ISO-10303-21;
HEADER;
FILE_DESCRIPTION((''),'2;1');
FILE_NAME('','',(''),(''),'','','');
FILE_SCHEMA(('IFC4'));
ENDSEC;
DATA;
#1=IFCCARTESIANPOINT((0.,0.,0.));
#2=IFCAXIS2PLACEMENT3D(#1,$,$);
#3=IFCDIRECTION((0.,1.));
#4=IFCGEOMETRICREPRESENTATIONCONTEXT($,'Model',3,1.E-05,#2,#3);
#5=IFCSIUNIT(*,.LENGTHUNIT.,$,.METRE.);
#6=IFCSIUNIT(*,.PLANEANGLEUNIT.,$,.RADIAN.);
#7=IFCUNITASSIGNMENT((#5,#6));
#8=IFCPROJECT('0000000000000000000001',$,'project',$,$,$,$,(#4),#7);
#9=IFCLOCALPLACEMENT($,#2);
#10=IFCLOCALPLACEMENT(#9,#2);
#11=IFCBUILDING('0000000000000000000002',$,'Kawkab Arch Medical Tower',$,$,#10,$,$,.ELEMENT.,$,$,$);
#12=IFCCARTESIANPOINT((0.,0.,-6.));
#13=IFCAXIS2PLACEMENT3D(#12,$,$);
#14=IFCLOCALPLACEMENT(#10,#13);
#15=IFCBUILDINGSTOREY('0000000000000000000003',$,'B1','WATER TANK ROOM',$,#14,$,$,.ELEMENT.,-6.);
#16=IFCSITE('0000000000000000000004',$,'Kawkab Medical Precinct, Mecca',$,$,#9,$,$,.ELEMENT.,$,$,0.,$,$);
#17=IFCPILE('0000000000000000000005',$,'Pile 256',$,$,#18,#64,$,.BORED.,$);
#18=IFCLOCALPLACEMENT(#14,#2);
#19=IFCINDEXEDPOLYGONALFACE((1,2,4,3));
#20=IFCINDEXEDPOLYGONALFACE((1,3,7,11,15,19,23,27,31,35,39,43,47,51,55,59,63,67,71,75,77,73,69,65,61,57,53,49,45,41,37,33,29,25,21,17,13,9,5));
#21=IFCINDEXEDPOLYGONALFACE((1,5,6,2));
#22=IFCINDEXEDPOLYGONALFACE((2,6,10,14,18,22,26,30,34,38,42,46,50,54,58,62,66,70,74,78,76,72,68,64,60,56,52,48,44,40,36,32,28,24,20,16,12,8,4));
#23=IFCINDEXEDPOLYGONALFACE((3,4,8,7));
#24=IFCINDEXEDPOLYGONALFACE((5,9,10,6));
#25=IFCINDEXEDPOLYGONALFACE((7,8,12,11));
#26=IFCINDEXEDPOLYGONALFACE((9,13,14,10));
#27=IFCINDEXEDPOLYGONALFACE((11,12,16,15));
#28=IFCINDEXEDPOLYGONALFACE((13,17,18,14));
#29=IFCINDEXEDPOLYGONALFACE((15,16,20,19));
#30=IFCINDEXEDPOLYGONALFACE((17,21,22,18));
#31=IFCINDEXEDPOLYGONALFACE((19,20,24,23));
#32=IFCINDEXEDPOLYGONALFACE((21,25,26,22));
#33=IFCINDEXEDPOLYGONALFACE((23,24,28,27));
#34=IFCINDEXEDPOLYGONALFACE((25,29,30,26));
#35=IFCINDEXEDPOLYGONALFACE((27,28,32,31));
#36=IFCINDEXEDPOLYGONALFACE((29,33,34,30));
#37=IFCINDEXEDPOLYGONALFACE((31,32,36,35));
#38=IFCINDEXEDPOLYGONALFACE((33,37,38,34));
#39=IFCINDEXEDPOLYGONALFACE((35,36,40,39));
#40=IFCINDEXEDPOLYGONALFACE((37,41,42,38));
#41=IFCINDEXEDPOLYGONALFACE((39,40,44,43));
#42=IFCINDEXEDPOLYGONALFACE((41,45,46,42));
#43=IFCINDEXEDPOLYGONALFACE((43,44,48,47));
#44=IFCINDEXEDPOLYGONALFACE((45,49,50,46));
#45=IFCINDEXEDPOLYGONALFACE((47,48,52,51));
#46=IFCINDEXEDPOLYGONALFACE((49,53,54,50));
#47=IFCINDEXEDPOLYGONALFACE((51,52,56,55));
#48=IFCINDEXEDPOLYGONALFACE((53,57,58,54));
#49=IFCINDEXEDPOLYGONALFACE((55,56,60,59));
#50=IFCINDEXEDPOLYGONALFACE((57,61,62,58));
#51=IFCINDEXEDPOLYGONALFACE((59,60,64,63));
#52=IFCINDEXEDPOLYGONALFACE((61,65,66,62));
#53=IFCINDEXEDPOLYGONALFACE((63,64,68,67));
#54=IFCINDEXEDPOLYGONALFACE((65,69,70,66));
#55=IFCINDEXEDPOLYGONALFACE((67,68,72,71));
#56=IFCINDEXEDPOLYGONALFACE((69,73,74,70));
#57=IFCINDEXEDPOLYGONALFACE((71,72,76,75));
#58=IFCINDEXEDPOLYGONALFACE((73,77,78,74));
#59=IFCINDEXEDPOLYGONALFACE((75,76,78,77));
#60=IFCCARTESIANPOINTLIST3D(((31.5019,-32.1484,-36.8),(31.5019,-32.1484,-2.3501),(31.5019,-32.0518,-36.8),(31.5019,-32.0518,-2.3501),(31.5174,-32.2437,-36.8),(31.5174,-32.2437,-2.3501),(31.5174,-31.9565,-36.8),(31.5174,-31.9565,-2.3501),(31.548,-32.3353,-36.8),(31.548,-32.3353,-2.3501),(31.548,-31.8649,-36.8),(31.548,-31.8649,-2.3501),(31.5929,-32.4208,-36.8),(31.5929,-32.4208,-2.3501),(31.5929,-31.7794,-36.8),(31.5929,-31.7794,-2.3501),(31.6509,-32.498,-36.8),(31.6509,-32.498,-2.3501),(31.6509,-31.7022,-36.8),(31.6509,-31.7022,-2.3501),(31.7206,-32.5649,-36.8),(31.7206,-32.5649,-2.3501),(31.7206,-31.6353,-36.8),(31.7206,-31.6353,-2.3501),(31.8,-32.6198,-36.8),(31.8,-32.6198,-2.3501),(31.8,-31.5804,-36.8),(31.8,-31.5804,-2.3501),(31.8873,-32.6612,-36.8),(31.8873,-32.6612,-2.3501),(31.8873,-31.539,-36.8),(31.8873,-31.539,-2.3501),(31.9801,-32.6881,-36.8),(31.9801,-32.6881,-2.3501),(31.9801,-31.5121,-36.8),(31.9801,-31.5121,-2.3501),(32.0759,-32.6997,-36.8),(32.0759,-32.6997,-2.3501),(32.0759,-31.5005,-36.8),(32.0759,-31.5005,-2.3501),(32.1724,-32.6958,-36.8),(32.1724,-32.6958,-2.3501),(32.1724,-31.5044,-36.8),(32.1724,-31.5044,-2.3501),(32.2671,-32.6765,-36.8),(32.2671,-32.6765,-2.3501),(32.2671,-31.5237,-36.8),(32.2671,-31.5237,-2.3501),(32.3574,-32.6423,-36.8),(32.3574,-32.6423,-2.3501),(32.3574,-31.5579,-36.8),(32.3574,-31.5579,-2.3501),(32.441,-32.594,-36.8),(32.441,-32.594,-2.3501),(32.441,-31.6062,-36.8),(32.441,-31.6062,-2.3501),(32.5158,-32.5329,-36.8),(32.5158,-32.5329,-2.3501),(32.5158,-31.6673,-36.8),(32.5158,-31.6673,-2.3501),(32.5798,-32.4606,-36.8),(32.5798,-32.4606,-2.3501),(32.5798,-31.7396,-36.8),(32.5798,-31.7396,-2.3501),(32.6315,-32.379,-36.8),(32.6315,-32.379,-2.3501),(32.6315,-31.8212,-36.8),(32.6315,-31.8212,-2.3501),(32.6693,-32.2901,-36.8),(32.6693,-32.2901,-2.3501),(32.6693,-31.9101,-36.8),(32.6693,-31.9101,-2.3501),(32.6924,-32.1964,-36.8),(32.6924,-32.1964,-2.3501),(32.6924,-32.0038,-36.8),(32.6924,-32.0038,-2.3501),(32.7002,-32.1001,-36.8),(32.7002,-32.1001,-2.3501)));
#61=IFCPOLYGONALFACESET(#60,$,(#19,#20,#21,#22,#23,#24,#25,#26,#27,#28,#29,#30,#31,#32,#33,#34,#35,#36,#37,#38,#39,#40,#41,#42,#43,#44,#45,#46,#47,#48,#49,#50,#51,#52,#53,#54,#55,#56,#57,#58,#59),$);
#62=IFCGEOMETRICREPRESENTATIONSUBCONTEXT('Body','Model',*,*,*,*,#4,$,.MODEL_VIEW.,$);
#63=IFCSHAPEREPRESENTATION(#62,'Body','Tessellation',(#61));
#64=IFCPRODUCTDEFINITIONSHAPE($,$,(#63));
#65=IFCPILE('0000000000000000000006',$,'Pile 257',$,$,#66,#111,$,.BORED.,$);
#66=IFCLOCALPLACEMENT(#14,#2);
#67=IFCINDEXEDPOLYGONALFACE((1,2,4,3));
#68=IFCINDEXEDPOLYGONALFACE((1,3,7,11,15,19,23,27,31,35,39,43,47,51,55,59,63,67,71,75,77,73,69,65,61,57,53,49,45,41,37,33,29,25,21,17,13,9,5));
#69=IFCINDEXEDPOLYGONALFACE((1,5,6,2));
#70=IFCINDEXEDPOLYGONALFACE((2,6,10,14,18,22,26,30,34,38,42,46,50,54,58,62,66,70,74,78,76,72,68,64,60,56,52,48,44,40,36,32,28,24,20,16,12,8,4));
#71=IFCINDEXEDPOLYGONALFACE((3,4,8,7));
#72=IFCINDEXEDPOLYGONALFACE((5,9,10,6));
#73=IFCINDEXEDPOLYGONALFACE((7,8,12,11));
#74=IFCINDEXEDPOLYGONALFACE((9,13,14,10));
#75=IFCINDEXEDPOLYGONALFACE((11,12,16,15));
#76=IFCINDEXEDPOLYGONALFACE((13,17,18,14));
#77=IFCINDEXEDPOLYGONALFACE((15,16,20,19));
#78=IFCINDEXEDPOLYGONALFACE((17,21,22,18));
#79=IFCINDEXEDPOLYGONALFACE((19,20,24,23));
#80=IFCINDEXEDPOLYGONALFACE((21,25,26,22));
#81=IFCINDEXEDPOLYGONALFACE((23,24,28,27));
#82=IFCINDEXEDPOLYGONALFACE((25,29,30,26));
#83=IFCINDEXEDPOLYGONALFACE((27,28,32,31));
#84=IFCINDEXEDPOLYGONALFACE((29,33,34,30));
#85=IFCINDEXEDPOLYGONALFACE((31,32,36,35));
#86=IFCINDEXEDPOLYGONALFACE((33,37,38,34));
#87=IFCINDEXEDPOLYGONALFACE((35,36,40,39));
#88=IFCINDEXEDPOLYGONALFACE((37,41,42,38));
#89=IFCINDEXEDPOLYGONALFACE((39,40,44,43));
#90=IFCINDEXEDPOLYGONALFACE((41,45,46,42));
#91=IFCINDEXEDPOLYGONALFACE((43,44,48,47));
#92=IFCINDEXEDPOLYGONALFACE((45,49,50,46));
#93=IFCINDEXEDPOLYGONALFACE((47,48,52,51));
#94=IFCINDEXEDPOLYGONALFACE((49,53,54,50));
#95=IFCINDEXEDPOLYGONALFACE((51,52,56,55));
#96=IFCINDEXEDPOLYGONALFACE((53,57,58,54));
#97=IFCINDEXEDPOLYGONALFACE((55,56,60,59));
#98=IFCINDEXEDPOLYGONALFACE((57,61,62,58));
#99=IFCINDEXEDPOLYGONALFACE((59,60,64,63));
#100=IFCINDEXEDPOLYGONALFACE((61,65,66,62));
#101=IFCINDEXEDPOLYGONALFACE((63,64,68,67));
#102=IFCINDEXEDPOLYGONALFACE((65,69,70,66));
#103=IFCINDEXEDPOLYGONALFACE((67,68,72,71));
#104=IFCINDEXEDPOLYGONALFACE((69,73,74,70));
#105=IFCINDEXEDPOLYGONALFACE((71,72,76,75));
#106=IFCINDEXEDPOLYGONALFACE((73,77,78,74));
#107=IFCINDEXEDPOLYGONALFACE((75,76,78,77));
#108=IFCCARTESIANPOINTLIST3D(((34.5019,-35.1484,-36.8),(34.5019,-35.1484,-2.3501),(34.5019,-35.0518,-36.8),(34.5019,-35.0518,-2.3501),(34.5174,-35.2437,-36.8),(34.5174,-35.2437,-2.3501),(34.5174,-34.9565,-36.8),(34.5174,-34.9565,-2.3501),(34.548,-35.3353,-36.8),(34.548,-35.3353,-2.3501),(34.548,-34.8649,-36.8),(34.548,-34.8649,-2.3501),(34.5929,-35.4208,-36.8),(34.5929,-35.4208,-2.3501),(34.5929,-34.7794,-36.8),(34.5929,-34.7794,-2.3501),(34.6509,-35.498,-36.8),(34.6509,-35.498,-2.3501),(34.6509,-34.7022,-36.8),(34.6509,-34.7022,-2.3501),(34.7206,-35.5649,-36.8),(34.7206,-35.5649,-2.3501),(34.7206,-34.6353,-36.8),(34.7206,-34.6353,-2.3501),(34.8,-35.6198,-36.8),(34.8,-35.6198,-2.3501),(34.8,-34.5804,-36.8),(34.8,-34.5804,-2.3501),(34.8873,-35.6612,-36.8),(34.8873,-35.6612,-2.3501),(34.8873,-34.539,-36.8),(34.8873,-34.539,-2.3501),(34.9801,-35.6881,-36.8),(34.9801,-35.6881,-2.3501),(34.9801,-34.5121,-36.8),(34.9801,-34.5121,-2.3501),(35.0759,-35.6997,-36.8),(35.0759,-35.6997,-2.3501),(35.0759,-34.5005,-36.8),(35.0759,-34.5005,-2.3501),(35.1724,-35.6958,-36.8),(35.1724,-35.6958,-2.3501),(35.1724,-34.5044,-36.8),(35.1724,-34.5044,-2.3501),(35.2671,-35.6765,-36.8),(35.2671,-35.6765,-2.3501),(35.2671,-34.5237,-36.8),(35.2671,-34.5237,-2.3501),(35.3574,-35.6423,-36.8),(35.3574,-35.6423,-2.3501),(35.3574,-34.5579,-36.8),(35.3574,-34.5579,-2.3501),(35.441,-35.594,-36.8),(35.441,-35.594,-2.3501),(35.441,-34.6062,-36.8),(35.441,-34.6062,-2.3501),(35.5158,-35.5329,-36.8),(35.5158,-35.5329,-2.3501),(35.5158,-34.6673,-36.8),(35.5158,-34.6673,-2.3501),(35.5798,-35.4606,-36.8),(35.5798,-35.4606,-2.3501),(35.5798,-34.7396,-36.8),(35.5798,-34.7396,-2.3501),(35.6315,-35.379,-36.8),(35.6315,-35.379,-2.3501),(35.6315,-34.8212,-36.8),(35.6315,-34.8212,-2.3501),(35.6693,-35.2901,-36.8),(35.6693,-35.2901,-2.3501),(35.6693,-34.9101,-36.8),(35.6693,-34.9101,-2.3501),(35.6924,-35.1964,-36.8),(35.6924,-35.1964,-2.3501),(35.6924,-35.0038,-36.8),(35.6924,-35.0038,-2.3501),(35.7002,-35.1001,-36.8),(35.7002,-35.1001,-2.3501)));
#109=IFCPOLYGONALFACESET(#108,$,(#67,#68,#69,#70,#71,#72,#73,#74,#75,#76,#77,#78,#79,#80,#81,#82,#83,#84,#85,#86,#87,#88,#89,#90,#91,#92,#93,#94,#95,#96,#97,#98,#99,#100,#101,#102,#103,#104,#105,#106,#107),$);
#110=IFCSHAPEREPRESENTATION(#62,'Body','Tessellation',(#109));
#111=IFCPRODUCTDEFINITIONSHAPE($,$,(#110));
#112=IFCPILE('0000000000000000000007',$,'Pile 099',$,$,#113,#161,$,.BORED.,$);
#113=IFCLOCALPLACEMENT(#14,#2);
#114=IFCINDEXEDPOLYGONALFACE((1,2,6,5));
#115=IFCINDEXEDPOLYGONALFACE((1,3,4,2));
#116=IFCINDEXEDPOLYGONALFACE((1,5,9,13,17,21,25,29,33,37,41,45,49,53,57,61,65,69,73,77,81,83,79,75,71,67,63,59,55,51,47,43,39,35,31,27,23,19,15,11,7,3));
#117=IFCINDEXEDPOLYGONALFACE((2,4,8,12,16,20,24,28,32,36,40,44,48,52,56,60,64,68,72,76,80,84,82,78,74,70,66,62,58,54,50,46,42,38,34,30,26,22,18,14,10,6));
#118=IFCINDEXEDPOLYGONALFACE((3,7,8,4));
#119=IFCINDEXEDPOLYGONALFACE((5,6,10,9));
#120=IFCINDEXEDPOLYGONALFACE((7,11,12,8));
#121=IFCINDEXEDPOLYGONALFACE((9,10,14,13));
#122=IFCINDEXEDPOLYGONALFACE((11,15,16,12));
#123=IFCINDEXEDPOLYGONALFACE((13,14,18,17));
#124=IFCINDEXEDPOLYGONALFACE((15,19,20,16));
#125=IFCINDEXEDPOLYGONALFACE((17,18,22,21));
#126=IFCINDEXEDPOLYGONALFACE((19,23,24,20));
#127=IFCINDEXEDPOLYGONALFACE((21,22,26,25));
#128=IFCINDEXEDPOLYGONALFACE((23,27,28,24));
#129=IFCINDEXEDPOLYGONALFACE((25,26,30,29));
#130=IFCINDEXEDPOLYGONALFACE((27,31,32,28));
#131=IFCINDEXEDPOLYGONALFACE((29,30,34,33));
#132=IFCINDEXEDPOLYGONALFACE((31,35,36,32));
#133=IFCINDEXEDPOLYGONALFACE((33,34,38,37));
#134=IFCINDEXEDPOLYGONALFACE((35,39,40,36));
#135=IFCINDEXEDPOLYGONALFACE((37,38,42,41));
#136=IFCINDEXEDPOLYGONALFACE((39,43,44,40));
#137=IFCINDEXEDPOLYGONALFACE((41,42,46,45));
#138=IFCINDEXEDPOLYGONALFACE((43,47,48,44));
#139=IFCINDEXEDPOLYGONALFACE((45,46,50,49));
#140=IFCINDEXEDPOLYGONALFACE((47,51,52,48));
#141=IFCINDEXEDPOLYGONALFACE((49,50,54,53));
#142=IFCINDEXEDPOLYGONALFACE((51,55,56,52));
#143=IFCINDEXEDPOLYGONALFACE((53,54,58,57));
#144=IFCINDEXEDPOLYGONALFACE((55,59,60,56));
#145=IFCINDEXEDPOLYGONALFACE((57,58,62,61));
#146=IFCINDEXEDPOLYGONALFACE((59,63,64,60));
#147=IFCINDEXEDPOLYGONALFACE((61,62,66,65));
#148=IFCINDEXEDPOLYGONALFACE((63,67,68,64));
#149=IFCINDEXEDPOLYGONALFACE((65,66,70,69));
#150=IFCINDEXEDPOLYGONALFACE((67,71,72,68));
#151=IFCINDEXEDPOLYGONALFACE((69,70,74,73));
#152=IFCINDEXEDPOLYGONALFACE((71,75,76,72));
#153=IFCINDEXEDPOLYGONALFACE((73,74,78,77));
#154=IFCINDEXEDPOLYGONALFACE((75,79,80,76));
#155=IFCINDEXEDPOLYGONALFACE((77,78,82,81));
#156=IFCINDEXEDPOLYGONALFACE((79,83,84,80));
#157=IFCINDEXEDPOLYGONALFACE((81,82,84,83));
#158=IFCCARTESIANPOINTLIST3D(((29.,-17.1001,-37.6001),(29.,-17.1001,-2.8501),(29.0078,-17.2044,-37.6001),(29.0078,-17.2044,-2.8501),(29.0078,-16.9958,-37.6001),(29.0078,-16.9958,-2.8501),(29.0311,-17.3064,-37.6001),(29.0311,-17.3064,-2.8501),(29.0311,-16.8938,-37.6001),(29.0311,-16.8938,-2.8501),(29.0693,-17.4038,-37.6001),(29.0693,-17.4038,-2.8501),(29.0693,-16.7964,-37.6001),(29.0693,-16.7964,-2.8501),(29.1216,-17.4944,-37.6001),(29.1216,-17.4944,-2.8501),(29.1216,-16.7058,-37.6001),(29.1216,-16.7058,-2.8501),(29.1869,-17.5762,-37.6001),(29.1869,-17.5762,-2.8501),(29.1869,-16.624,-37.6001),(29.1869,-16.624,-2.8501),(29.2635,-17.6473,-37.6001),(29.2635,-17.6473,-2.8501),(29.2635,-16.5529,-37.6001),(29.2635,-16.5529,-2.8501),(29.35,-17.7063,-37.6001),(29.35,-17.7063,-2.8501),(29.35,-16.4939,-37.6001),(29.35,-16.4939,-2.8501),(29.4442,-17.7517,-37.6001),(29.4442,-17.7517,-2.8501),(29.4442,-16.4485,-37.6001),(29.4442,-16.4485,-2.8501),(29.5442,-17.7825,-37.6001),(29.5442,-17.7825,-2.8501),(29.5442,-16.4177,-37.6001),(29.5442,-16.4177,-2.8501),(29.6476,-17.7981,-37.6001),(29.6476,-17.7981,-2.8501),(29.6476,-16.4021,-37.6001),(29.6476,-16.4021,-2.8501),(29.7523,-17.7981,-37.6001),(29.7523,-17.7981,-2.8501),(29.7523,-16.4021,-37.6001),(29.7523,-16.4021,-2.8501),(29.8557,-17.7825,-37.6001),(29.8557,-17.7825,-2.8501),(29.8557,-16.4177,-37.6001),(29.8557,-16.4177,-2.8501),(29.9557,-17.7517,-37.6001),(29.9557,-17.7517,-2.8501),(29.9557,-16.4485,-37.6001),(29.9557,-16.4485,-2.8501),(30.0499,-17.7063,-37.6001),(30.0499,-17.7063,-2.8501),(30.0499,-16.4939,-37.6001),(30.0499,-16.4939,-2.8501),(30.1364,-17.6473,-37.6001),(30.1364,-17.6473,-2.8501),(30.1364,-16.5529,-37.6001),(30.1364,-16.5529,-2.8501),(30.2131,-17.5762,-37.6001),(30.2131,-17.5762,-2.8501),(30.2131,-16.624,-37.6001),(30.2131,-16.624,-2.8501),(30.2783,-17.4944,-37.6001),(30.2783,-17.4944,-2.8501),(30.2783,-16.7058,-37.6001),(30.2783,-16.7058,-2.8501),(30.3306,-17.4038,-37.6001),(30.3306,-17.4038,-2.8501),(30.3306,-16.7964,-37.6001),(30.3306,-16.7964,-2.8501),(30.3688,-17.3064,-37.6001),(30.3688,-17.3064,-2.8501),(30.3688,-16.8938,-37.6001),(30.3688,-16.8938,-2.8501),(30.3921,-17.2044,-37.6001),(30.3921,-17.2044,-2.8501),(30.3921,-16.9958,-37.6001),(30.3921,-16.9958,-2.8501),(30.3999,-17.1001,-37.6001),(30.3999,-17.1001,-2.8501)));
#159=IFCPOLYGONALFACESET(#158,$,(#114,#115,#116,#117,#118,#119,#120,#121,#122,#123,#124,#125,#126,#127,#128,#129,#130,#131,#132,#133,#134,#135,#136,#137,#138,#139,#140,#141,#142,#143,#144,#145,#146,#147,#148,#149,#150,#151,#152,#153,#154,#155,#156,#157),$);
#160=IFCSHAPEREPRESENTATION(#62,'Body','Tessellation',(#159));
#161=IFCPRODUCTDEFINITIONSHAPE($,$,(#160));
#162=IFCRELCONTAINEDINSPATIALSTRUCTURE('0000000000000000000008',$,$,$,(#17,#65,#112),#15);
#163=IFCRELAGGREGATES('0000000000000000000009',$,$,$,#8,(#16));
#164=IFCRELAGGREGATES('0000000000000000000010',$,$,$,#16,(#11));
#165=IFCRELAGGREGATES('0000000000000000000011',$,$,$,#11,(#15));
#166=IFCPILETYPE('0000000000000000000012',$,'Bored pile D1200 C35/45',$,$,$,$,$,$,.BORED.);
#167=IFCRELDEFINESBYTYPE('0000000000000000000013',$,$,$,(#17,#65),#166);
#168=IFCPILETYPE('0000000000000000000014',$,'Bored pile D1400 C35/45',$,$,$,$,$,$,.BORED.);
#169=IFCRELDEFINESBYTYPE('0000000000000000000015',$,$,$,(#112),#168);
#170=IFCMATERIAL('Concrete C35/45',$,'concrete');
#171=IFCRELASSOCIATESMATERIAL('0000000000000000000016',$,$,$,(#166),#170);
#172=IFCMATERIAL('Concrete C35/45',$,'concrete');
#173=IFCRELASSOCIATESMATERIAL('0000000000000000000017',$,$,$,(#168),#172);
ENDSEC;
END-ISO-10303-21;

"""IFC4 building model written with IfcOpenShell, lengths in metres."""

from ifc_helpers import new_model, si_unit, direction, frame, origin, origin_2d, place, context, subcontext, project, spatial, circle, extrude, material, material_profile, profile_set, type_object, element, save


model = new_model("IFC4")

# Units and contexts
model_context = context("Model", 3, precision=1e-05, world=origin(), true_north=direction((0.0, 1.0)))
body_context = subcontext(model_context, "Body", "Model", "MODEL_VIEW")
ifc_project = project(units=[si_unit("LENGTHUNIT", "METRE"), si_unit("PLANEANGLEUNIT", "RADIAN")], contexts=[model_context])

# Site, building, storey
site_placement = place(None, origin())
site = spatial("IfcSite", under=ifc_project, at=site_placement, Name="Kawkab Medical Precinct, Mecca", CompositionType="ELEMENT", RefElevation=0.0)
building_placement = place(site_placement, origin())
building = spatial("IfcBuilding", under=site, at=building_placement, Name="Kawkab Arch Medical Tower", CompositionType="ELEMENT")
storey_placement = place(building_placement, frame((0.0, 0.0, -6.0)))
storey = spatial("IfcBuildingStorey", under=building, at=storey_placement, Name="B1", Description="WATER TANK ROOM", CompositionType="ELEMENT", Elevation=-6.0)

# Piles
ifc_material_1 = material(Name="Concrete C35/45", Category="concrete")
ifc_material_profile_1 = material_profile(ifc_material_1, circle(Radius=0.6001, at=origin_2d()), Name="Bored pile D1200")
ifc_profile_set_1 = profile_set([ifc_material_profile_1], Name="Concrete C35/45")
pile_type_1 = type_object("IfcPileType", Name="Bored pile D1200 C35/45", PredefinedType="BORED", material=ifc_profile_set_1)
for number, where, z_axis, x_axis, name in (
    (1, (32.1001, -32.1001, -2.3501), (0.0, 0.0, -1.0), (1.0, 0.0, 0.0), "Pile 256"),
    (2, (35.1001, -35.1001, -2.3501), (0.0, 0.0, -1.0), (1.0, 0.0, 0.0), "Pile 257"),
):
    element("IfcPile", number, at=place(storey_placement, frame(where, z_axis=z_axis, x_axis=x_axis)), inside=storey, type_object=pile_type_1, Name=name, PredefinedType="BORED", context=body_context, shape_type="SweptSolid", body=[
        extrude(circle(Radius=0.6001, at=origin_2d()), origin(), (0.0, 0.0, 1.0), 34.45),
    ])
ifc_material_2 = material(Name="Concrete C35/45", Category="concrete")
ifc_material_profile_2 = material_profile(ifc_material_2, circle(Radius=0.7, at=origin_2d()), Name="Bored pile D1400")
ifc_profile_set_2 = profile_set([ifc_material_profile_2], Name="Concrete C35/45")
pile_type_2 = type_object("IfcPileType", Name="Bored pile D1400 C35/45", PredefinedType="BORED", material=ifc_profile_set_2)
for number, where, z_axis, x_axis, name in (
    (3, (29.7, -17.1001, -2.8501), (0.0, 0.0, -1.0), (1.0, 0.0, 0.0), "Pile 099"),
):
    element("IfcPile", number, at=place(storey_placement, frame(where, z_axis=z_axis, x_axis=x_axis)), inside=storey, type_object=pile_type_2, Name=name, PredefinedType="BORED", context=body_context, shape_type="SweptSolid", body=[
        extrude(circle(Radius=0.7, at=origin_2d()), origin(), (0.0, 0.0, 1.0), 34.75),
    ])

save(model, "model.ifc")
